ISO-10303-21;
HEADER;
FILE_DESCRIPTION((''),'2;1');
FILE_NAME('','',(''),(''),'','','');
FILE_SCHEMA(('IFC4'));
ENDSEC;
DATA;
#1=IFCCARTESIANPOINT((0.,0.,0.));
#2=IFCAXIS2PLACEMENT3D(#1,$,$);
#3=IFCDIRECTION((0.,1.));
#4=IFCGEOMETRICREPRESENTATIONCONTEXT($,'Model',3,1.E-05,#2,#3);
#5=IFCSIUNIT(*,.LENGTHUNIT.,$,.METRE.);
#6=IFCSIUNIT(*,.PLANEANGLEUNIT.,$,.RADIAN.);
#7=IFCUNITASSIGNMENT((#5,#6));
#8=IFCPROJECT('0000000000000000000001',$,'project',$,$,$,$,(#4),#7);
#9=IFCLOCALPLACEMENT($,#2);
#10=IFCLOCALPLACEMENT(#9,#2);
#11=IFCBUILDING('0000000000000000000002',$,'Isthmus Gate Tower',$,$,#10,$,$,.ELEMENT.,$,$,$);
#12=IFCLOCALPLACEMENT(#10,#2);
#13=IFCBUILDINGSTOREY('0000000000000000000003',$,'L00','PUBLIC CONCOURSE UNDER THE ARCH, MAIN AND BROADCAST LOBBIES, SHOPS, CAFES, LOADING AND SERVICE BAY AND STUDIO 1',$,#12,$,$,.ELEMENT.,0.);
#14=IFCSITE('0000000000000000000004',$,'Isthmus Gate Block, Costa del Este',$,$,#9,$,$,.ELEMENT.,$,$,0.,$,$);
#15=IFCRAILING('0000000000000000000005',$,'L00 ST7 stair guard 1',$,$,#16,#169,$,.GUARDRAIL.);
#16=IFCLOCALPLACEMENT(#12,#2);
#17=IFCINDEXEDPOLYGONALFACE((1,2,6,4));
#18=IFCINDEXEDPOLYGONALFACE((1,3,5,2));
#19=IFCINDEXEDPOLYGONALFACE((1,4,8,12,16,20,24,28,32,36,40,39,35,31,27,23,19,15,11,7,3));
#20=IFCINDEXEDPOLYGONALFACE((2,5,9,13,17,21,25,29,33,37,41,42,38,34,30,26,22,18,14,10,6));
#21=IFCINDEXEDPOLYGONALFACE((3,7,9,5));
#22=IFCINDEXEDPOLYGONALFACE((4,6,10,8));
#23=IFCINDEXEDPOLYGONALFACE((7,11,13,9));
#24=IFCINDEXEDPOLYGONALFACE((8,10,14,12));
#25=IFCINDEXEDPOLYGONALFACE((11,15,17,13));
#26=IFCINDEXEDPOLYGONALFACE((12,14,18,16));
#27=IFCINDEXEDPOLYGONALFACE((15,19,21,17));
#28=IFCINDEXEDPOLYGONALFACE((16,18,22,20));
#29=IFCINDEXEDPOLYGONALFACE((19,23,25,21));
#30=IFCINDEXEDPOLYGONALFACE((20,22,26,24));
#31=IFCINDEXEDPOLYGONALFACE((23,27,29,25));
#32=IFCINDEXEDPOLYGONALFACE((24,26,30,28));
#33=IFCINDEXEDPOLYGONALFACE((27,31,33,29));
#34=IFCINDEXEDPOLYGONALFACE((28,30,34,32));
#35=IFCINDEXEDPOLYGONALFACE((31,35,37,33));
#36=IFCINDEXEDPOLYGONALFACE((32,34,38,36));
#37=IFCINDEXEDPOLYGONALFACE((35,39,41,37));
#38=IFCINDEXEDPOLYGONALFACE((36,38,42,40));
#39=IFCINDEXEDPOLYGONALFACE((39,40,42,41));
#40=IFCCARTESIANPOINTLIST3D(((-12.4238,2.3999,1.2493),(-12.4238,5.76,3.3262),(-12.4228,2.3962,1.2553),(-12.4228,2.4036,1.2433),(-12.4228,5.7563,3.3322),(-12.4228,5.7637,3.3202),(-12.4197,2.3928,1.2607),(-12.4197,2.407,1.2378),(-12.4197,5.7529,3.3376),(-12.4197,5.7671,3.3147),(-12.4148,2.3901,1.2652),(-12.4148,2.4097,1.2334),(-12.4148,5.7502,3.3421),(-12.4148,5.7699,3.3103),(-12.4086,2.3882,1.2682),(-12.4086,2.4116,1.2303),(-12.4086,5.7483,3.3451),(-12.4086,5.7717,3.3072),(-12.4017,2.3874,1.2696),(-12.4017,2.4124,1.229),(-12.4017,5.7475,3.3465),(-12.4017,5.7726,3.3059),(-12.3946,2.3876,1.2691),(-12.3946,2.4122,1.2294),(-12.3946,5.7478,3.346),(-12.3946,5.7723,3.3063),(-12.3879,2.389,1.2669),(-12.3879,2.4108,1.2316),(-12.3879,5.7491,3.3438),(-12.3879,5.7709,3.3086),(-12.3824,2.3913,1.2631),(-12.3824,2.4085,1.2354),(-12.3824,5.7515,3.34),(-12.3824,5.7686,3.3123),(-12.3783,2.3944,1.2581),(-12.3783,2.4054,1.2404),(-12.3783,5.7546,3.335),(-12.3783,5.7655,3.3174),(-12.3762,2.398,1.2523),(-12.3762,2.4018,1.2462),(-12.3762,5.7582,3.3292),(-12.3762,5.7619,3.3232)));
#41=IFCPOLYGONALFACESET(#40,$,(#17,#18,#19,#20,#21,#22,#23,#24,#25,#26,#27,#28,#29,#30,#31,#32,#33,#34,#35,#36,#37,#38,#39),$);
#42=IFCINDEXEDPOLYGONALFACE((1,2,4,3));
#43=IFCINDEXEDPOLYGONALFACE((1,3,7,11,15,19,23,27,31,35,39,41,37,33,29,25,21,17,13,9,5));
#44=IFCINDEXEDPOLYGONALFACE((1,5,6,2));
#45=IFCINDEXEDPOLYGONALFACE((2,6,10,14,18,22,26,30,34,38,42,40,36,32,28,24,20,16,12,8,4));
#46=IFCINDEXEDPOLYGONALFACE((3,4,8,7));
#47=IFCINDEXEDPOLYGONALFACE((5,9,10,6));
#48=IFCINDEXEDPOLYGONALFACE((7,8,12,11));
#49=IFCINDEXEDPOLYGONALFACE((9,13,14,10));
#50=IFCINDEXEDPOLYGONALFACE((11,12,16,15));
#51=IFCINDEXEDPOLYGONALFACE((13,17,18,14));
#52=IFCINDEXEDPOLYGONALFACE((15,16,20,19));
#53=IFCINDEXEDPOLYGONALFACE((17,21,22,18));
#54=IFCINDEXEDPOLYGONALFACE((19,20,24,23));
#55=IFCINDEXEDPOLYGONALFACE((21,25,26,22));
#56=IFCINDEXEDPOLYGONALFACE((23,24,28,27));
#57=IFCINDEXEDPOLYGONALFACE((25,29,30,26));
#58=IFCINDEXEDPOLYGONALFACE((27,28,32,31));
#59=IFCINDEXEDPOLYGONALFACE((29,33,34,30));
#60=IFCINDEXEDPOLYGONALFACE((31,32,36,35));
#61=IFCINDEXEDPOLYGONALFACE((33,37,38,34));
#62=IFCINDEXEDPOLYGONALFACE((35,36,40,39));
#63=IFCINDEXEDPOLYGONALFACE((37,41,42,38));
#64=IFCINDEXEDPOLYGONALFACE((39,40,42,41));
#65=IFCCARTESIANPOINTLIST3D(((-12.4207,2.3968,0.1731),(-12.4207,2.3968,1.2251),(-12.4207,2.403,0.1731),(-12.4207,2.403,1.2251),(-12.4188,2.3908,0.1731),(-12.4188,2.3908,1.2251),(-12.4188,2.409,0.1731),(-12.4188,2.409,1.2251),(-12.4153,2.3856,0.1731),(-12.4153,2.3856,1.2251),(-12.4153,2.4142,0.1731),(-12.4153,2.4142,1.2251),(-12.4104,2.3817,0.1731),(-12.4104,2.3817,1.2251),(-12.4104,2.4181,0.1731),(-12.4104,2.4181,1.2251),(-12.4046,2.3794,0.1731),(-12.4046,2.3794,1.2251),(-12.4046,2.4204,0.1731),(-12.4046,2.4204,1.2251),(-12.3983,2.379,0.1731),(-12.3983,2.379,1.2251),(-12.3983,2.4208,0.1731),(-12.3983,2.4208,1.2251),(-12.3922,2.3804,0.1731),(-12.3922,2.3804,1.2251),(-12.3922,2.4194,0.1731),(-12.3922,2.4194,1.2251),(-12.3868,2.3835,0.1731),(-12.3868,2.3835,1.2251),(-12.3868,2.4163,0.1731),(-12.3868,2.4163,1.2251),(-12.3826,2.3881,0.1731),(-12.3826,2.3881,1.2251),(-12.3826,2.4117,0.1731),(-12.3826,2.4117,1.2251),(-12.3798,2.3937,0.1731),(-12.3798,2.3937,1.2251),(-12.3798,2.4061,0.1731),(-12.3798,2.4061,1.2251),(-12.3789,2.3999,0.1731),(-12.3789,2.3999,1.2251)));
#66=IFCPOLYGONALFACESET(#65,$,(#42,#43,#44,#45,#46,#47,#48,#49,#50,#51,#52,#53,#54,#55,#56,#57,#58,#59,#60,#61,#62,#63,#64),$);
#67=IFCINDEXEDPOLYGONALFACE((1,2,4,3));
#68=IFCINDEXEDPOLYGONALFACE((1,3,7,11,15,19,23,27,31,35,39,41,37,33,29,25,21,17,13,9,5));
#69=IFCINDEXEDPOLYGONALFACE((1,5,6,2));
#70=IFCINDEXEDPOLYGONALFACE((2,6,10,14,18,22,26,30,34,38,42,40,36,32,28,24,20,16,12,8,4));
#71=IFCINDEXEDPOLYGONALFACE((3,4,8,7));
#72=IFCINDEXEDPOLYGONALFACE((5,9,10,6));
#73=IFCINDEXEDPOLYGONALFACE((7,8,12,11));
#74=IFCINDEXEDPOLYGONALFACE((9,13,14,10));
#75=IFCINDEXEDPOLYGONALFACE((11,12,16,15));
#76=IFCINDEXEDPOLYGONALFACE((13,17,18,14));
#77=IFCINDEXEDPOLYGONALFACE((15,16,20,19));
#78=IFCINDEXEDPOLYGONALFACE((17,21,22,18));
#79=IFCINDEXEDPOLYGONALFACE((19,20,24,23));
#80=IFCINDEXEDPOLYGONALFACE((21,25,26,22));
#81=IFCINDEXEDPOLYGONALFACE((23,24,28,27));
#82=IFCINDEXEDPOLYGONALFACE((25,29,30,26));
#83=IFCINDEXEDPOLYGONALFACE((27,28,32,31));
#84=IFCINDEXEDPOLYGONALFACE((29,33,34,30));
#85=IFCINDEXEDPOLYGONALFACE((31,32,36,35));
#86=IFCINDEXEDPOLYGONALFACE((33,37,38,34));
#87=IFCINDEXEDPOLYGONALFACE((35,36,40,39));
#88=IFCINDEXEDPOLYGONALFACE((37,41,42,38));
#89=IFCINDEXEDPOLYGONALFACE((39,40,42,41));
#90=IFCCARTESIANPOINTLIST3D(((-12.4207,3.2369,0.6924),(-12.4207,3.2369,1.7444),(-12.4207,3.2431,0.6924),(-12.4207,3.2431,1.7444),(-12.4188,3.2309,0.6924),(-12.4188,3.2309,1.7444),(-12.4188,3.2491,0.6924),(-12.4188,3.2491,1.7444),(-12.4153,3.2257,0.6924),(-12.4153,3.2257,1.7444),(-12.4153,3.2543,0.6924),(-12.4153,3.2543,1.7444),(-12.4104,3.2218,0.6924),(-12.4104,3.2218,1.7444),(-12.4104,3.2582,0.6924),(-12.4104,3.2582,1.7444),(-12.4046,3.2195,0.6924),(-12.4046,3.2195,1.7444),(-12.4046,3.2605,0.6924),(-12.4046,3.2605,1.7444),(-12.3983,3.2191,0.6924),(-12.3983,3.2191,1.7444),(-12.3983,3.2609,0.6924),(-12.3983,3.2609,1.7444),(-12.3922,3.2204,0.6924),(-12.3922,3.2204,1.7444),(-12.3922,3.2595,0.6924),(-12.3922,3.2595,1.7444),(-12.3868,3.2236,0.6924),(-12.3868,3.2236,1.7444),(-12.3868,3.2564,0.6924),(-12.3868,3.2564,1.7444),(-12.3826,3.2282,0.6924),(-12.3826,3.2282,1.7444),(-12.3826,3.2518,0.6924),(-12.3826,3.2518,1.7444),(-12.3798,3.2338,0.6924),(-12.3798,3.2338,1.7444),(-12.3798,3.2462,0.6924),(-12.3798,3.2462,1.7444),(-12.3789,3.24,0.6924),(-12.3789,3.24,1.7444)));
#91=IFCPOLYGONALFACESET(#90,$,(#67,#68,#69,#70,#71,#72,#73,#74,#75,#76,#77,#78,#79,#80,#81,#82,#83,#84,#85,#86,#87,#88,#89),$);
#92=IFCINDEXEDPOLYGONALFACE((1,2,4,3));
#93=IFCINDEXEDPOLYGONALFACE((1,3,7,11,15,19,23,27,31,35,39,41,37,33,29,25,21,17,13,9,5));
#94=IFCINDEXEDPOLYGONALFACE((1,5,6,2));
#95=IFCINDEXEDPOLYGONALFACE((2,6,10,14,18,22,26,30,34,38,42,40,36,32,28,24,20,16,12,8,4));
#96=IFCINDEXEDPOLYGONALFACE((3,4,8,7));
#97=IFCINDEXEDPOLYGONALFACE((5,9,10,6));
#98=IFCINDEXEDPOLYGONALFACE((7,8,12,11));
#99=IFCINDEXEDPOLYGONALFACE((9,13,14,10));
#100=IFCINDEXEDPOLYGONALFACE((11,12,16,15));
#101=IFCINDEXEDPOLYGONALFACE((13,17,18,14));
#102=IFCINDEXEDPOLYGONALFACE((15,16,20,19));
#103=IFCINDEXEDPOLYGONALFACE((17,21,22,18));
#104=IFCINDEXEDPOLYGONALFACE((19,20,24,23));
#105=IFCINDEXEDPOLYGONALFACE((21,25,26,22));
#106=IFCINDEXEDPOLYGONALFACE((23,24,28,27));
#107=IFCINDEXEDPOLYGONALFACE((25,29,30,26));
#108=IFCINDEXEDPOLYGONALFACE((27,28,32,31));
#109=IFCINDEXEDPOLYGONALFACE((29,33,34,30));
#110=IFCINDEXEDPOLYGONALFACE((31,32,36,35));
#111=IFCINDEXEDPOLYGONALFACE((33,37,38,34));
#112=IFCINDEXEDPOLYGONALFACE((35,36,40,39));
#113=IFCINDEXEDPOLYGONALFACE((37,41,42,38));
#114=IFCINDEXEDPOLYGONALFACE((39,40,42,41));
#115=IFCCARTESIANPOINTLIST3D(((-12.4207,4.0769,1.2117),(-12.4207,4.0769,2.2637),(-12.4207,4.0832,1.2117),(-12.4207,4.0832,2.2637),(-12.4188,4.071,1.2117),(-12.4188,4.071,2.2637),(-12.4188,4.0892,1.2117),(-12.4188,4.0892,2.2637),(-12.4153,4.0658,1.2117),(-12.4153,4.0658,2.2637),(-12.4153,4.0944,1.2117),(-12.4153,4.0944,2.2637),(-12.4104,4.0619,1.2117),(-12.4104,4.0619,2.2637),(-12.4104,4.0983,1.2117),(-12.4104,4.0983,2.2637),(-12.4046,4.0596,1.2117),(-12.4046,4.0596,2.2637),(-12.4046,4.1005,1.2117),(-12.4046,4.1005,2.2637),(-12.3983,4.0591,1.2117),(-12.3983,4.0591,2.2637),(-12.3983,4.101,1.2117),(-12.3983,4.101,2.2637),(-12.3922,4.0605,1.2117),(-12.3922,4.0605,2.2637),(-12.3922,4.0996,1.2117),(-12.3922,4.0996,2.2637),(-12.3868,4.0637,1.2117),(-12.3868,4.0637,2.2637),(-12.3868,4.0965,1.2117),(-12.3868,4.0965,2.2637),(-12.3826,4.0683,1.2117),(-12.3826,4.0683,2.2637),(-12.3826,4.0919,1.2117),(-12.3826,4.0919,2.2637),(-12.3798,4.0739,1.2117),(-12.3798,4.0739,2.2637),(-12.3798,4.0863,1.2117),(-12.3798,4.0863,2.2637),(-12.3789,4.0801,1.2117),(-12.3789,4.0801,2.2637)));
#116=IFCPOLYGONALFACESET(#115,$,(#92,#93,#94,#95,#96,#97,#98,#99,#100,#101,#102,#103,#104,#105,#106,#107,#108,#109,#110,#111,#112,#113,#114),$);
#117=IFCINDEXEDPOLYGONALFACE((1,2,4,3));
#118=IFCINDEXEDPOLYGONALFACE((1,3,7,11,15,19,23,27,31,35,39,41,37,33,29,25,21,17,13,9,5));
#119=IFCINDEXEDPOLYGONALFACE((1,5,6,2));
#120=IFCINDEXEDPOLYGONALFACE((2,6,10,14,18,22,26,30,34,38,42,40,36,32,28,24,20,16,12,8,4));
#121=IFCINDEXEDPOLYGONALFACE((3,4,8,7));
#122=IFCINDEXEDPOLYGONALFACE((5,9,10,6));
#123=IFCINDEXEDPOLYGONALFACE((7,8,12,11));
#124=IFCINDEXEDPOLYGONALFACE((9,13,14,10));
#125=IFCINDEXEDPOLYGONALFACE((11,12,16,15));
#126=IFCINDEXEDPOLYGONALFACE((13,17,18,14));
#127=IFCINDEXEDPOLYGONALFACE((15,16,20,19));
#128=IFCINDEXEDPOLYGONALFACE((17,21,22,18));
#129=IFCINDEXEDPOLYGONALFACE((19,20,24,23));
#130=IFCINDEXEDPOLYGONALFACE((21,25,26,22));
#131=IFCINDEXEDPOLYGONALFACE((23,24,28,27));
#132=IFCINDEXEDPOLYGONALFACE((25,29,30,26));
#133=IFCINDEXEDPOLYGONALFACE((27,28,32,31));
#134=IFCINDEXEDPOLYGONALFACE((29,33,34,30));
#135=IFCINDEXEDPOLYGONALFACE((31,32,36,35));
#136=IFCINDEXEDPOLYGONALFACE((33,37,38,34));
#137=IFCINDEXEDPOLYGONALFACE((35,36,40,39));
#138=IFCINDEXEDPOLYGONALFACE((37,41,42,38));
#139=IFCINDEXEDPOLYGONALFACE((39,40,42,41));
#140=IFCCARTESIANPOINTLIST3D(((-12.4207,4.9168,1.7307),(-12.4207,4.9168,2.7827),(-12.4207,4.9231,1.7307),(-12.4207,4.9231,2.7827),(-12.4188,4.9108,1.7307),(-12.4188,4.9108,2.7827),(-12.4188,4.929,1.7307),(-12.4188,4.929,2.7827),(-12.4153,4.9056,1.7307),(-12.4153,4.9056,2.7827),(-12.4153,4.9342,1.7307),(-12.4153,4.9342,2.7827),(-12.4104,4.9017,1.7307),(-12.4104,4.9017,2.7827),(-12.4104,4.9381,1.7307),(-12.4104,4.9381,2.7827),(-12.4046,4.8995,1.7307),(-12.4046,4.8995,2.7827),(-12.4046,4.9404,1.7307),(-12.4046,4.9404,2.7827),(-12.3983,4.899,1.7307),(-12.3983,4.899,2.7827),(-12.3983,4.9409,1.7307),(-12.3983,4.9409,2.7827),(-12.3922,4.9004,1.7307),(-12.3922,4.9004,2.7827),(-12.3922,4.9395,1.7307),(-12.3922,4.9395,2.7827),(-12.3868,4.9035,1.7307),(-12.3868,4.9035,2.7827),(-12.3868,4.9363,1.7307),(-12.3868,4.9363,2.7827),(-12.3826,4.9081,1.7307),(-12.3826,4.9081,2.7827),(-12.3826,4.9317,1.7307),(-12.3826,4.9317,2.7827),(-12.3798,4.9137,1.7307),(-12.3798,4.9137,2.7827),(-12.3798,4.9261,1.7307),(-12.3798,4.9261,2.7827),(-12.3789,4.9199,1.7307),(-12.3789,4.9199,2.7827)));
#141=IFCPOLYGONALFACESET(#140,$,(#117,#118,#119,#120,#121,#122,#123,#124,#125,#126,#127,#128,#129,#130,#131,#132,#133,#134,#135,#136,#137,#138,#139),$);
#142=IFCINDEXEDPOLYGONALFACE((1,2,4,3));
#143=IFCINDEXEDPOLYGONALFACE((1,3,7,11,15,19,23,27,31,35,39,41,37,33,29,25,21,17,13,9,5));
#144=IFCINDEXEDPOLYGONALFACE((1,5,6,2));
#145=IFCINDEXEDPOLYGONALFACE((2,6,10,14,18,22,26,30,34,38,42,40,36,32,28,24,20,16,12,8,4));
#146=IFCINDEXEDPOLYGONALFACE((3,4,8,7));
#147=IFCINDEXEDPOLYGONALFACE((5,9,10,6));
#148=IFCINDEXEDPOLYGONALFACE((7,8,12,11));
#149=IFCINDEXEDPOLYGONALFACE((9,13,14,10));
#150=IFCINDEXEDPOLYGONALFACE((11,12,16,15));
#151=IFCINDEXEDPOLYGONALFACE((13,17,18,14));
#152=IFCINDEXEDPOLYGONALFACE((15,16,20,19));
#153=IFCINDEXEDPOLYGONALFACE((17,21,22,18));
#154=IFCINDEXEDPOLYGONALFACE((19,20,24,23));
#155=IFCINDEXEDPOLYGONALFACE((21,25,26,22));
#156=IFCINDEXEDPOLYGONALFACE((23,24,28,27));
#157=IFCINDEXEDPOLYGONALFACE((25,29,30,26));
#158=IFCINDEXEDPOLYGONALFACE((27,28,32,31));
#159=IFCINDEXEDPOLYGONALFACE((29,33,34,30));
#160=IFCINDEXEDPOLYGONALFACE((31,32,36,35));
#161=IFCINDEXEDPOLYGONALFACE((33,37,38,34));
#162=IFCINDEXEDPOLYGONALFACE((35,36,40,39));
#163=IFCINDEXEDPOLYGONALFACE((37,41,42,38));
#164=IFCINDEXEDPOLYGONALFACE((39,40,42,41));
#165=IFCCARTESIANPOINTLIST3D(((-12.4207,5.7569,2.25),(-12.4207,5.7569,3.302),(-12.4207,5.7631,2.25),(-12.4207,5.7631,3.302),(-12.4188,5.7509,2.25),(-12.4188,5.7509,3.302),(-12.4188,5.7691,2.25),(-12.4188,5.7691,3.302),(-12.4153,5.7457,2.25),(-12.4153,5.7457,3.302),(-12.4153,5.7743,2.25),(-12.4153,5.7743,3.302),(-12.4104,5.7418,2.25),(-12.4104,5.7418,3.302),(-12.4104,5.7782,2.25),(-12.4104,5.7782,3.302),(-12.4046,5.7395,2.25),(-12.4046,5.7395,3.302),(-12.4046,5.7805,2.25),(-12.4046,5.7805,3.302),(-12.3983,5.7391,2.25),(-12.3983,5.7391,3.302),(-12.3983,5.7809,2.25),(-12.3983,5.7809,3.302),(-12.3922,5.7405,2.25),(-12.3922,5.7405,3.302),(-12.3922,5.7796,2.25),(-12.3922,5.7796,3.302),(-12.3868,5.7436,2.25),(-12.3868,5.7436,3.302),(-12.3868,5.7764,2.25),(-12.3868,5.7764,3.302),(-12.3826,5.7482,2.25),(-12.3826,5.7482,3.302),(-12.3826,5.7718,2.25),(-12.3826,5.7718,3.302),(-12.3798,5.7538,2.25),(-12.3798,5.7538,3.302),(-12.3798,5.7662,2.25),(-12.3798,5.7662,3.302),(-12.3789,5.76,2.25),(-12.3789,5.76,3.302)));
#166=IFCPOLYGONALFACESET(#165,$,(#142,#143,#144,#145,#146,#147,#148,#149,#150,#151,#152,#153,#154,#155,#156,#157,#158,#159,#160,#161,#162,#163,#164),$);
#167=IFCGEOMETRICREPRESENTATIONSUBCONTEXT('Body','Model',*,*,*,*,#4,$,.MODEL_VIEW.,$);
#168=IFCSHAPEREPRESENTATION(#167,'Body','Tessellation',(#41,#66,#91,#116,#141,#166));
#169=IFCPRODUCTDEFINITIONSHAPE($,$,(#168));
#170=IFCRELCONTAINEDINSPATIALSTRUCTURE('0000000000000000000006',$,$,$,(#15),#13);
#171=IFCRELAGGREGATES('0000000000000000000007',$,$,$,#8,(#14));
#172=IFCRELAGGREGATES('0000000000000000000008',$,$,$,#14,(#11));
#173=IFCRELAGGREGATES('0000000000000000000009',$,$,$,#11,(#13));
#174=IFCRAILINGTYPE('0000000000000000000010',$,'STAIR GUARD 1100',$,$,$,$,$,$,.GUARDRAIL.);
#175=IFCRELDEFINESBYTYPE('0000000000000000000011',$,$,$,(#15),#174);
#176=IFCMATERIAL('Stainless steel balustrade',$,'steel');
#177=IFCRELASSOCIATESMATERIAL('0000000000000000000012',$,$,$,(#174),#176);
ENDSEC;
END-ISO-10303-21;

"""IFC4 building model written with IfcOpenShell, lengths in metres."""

from ifc_helpers import new_model, si_unit, direction, frame, origin, origin_2d, place, context, subcontext, project, spatial, circle, extrude, material, type_object, element, save


model = new_model("IFC4")

# Units and contexts
model_context = context("Model", 3, precision=1e-05, world=origin(), true_north=direction((0.0, 1.0)))
body_context = subcontext(model_context, "Body", "Model", "MODEL_VIEW")
ifc_project = project(units=[si_unit("LENGTHUNIT", "METRE"), si_unit("PLANEANGLEUNIT", "RADIAN")], contexts=[model_context])

# Site, building, storey
site_placement = place(None, origin())
site = spatial("IfcSite", under=ifc_project, at=site_placement, Name="Isthmus Gate Block, Costa del Este", CompositionType="ELEMENT", RefElevation=0.0)
building_placement = place(site_placement, origin())
building = spatial("IfcBuilding", under=site, at=building_placement, Name="Isthmus Gate Tower", CompositionType="ELEMENT")
storey_placement = place(building_placement, origin())
storey = spatial("IfcBuildingStorey", under=building, at=storey_placement, Name="L00", Description="PUBLIC CONCOURSE UNDER THE ARCH, MAIN AND BROADCAST LOBBIES, SHOPS, CAFES, LOADING AND SERVICE BAY AND STUDIO 1", CompositionType="ELEMENT", Elevation=0.0)

# Railing
ifc_material_1 = material(Name="Stainless steel balustrade", Category="steel")
railing_type_1 = type_object("IfcRailingType", Name="STAIR GUARD 1100", PredefinedType="GUARDRAIL", material=ifc_material_1)
railing_1_placement = place(storey_placement, frame((-12.3999, 2.3999, 0.1731)))
element("IfcRailing", 1, at=railing_1_placement, inside=storey, type_object=railing_type_1, Name="L00 ST7 stair guard 1", PredefinedType="GUARDRAIL", context=body_context, shape_type="SweptSolid", body=[
    extrude(circle(Radius=0.0239, at=origin_2d()), frame((0.0, 0.0, 1.0762), z_axis=(0.0, 0.850623, 0.525776), x_axis=(-1.0, 0.0, 0.0)), (0.0, 0.0, 1.0), 3.9502),
    extrude(circle(Radius=0.021, at=origin_2d()), origin(), (0.0, 0.0, 1.0), 1.052),
    extrude(circle(Radius=0.021, at=origin_2d()), frame((0.0, 0.8401, 0.5193)), (0.0, 0.0, 1.0), 1.052),
    extrude(circle(Radius=0.021, at=origin_2d()), frame((0.0, 1.6802, 1.0386)), (0.0, 0.0, 1.0), 1.052),
    extrude(circle(Radius=0.021, at=origin_2d()), frame((0.0, 2.52, 1.5576)), (0.0, 0.0, 1.0), 1.052),
    extrude(circle(Radius=0.021, at=origin_2d()), frame((0.0, 3.3601, 2.0769)), (0.0, 0.0, 1.0), 1.052),
])

save(model, "model.ifc")
